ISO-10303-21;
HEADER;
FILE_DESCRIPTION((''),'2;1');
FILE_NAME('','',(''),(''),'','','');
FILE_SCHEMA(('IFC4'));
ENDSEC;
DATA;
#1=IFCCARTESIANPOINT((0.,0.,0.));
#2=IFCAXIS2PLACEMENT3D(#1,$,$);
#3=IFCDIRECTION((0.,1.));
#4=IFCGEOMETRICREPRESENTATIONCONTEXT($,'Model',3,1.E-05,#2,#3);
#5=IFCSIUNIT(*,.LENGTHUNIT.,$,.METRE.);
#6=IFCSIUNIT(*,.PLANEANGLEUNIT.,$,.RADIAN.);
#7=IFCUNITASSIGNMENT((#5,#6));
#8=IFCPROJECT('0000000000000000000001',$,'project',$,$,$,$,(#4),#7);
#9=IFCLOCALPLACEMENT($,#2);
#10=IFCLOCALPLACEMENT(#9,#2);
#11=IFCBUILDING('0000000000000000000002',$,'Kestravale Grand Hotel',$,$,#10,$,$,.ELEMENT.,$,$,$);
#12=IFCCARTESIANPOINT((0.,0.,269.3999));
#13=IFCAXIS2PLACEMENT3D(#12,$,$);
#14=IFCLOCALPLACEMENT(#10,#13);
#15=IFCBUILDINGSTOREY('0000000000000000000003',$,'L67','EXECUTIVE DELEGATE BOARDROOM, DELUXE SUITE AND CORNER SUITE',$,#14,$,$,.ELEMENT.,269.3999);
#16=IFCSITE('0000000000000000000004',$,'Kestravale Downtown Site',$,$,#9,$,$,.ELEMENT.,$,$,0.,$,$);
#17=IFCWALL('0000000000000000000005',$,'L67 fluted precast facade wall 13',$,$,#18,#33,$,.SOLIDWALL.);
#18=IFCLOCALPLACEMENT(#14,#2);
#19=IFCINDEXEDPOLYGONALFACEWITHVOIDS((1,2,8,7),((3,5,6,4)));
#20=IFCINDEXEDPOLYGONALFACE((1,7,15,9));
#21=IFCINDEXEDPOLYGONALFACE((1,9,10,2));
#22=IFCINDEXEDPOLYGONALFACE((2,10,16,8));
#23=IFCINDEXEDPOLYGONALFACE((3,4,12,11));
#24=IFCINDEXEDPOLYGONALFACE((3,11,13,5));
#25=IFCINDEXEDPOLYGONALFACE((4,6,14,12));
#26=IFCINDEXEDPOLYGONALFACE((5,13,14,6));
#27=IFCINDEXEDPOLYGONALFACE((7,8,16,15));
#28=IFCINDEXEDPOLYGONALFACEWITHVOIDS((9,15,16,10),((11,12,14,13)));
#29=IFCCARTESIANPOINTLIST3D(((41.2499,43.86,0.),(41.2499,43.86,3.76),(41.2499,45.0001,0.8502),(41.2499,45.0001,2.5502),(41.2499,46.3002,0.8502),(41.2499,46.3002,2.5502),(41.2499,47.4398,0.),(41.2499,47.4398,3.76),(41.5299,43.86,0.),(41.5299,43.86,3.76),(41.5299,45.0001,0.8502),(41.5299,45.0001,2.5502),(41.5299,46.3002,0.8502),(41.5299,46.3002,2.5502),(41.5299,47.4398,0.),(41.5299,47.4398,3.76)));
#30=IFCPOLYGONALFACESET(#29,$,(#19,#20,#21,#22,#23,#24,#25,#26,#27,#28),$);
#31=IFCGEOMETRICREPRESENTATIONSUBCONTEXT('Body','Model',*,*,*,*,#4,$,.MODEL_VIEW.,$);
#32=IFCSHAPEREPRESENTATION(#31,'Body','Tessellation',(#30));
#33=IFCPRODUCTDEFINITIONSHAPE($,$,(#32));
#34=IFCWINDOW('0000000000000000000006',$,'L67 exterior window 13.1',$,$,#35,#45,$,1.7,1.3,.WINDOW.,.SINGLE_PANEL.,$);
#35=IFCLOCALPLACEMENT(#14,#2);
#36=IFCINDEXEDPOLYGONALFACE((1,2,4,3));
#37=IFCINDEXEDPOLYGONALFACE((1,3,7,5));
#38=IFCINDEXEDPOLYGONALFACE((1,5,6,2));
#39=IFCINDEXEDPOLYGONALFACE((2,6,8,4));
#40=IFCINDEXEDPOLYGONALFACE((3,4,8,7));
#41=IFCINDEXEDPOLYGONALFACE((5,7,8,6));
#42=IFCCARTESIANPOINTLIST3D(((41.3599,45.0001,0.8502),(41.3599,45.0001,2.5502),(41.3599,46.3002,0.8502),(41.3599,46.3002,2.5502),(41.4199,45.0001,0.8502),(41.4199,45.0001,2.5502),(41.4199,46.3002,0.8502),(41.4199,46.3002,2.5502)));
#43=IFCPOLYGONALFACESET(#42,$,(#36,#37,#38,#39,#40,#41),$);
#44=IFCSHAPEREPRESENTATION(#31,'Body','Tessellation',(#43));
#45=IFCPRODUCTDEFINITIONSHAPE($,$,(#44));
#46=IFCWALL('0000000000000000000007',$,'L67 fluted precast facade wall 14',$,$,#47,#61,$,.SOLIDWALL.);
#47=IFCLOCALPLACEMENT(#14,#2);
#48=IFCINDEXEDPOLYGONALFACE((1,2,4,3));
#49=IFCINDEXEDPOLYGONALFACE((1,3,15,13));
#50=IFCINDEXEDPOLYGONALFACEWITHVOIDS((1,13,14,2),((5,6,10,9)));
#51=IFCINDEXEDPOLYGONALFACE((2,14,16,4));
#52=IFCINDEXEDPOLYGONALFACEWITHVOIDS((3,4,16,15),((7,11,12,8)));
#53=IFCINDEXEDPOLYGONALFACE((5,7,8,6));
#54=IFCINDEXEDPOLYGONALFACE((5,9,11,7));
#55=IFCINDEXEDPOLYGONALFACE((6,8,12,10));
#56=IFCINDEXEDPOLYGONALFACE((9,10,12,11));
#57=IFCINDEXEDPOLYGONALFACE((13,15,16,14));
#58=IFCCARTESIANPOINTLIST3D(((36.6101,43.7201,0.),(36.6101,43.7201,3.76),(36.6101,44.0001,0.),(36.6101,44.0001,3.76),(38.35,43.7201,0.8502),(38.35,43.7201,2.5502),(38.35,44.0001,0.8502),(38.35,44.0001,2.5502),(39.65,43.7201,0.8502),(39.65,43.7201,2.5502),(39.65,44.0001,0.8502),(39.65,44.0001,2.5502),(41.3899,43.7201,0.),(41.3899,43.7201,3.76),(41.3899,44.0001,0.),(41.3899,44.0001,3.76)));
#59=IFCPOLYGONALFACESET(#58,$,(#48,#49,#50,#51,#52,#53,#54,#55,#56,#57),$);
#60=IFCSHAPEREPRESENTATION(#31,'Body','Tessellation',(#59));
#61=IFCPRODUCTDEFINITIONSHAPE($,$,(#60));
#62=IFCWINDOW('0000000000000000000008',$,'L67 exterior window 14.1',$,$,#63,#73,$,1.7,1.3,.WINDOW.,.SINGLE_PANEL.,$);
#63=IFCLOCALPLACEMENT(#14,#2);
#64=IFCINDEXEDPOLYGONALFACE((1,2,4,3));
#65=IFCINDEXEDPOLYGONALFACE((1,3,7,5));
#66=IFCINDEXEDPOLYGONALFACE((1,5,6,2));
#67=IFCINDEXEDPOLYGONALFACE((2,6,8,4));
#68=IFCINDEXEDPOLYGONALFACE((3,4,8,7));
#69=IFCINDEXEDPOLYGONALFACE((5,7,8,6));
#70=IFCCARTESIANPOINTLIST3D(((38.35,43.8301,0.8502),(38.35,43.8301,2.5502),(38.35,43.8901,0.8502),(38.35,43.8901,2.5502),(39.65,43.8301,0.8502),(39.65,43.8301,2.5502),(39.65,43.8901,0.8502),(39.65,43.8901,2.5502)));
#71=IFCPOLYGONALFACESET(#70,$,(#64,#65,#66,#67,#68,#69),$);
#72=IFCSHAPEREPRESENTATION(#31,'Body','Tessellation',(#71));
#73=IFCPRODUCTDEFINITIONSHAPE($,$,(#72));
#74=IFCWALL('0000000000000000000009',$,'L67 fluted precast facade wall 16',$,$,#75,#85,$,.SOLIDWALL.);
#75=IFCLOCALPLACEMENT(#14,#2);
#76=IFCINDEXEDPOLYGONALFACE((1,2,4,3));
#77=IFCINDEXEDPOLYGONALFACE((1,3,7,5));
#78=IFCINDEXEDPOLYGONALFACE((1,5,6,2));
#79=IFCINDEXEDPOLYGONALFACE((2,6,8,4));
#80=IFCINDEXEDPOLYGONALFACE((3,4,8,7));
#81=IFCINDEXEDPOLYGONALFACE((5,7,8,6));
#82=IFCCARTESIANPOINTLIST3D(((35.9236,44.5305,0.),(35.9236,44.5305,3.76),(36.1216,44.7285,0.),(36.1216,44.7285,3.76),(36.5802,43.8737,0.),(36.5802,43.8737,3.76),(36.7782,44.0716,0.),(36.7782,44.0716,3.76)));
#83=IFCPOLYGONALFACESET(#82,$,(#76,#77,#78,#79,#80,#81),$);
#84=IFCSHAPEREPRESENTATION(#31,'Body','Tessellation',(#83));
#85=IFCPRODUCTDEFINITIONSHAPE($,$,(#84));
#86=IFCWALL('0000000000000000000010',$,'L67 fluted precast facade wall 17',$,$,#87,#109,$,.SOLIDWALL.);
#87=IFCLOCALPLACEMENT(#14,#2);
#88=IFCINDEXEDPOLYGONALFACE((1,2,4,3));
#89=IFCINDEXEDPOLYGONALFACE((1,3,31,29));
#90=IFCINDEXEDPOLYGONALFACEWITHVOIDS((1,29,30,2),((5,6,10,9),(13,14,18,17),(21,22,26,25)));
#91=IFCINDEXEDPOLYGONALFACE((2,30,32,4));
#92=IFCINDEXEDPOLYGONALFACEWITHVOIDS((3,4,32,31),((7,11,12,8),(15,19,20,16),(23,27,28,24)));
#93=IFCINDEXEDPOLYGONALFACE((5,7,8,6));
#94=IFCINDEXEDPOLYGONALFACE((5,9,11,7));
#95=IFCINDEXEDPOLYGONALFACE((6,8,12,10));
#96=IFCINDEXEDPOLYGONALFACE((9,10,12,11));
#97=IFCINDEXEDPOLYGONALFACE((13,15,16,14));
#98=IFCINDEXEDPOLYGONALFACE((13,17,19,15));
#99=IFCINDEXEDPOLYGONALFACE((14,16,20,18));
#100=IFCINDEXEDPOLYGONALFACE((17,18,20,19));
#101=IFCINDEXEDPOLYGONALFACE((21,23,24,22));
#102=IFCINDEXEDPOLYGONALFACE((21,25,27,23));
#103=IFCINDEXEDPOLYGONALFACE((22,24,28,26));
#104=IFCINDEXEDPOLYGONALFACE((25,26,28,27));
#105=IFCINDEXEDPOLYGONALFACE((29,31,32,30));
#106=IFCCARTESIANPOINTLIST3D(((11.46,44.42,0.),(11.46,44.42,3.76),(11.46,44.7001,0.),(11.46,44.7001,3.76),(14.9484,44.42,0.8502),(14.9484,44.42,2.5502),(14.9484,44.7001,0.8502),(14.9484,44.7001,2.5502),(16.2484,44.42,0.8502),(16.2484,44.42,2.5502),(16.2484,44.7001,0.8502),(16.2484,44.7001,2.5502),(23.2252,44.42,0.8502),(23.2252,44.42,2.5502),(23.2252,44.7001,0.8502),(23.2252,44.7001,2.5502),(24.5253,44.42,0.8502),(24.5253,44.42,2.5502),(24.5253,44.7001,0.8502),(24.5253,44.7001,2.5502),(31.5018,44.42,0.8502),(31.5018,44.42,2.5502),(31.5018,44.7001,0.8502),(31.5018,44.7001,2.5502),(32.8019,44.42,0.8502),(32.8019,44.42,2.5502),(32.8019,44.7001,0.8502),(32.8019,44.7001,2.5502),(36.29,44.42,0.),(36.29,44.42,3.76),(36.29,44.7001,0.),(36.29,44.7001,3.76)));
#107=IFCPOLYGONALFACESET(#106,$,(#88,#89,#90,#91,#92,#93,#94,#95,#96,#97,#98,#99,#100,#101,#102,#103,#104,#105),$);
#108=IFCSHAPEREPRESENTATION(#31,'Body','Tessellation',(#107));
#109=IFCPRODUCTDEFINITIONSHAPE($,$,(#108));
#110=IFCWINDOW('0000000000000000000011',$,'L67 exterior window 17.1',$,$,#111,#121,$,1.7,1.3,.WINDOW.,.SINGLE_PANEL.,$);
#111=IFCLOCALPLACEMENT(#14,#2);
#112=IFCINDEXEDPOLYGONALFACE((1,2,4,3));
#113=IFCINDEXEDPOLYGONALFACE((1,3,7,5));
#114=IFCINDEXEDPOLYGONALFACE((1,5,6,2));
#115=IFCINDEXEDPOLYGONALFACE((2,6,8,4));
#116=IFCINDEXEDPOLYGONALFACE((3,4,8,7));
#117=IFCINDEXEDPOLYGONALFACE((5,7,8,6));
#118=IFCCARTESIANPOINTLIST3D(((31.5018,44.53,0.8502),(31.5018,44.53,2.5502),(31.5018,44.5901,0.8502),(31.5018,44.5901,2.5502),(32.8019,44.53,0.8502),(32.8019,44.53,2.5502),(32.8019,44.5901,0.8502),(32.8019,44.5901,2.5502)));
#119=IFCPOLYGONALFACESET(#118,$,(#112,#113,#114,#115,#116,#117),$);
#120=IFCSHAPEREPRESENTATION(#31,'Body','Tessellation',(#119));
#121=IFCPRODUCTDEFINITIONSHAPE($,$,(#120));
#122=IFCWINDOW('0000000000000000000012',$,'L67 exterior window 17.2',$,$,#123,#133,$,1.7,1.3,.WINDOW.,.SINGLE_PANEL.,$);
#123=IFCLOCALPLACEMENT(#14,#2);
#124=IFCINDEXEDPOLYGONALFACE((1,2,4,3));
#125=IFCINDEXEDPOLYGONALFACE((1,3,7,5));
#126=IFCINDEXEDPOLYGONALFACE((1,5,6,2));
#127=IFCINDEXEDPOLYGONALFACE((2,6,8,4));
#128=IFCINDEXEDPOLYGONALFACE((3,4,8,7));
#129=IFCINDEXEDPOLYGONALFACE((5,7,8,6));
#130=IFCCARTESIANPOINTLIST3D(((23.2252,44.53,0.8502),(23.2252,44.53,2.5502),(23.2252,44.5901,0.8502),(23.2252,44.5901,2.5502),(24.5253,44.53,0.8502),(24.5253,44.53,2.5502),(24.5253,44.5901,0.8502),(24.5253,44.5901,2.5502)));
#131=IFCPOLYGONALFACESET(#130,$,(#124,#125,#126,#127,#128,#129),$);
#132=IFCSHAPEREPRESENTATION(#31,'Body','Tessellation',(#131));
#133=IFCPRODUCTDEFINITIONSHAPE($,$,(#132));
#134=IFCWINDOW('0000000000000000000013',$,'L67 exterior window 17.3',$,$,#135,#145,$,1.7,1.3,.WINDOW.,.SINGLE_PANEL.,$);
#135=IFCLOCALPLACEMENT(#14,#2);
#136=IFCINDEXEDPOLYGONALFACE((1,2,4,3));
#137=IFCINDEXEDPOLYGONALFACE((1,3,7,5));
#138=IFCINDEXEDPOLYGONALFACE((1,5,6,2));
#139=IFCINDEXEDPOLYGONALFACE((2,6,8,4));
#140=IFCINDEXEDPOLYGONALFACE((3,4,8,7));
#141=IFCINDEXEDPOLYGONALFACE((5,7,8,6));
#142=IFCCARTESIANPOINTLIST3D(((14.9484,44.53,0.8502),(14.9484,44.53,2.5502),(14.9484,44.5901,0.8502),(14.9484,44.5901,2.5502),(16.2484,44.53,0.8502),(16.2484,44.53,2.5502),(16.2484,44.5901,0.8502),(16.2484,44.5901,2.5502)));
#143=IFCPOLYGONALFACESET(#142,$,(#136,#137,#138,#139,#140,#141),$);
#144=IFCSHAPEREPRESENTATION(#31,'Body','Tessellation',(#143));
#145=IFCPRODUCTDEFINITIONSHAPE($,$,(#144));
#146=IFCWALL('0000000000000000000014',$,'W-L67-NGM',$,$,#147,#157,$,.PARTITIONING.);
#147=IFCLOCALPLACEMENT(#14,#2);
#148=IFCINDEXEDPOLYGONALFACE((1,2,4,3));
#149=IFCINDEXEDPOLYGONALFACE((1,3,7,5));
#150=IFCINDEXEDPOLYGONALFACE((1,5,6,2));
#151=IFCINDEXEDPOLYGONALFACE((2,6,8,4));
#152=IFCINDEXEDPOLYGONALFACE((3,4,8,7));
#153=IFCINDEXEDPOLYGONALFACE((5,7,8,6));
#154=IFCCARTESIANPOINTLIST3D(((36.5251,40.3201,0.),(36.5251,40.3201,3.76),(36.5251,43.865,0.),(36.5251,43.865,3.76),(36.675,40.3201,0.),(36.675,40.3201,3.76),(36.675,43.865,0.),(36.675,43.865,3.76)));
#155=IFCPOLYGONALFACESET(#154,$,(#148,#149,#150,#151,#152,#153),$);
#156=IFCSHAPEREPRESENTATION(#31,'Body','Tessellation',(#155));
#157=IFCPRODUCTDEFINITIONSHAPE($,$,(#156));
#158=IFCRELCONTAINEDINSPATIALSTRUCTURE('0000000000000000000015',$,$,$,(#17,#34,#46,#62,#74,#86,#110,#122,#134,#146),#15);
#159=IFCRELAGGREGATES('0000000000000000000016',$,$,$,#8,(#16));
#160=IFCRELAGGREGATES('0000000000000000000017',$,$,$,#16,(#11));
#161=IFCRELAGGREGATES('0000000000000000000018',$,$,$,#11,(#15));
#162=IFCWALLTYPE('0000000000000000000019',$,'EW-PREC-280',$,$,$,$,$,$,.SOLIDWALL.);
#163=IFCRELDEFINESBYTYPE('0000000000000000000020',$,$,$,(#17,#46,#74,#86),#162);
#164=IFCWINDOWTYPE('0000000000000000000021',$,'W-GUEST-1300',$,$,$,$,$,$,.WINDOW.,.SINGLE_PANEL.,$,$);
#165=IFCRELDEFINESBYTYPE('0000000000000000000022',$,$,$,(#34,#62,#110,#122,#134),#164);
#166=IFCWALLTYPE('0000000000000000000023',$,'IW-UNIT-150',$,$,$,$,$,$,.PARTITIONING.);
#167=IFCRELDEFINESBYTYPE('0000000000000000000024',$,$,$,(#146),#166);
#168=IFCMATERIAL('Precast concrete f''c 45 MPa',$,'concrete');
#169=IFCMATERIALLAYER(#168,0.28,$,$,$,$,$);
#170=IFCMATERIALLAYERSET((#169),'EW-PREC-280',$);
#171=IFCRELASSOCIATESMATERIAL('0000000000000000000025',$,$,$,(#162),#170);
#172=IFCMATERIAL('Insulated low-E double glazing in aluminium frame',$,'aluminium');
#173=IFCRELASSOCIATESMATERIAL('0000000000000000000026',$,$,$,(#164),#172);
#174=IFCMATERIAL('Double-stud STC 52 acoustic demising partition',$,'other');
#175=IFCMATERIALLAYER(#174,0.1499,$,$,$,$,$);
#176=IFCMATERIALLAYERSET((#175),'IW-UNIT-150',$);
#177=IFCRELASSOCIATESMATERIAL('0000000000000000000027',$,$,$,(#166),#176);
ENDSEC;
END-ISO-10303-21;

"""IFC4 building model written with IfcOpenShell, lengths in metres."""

from ifc_helpers import new_model, si_unit, direction, frame, frame_2d, origin, place, context, subcontext, project, spatial, rectangle, extrude, material, layer, layer_set, type_object, element, fill, save


model = new_model("IFC4")

# Units and contexts
model_context = context("Model", 3, precision=1e-05, world=origin(), true_north=direction((0.0, 1.0)))
body_context = subcontext(model_context, "Body", "Model", "MODEL_VIEW")
ifc_project = project(units=[si_unit("LENGTHUNIT", "METRE"), si_unit("PLANEANGLEUNIT", "RADIAN")], contexts=[model_context])

# Site, building, storey
site_placement = place(None, origin())
site = spatial("IfcSite", under=ifc_project, at=site_placement, Name="Kestravale Downtown Site", CompositionType="ELEMENT", RefElevation=0.0)
building_placement = place(site_placement, origin())
building = spatial("IfcBuilding", under=site, at=building_placement, Name="Kestravale Grand Hotel", CompositionType="ELEMENT")
storey_placement = place(building_placement, frame((0.0, 0.0, 269.3999)))
storey = spatial("IfcBuildingStorey", under=building, at=storey_placement, Name="L67", Description="EXECUTIVE DELEGATE BOARDROOM, DELUXE SUITE AND CORNER SUITE", CompositionType="ELEMENT", Elevation=269.3999)

# Shared definitions
ifc_material_1 = material(Name="Precast concrete f'c 45 MPa", Category="concrete")
ifc_layer_1 = layer(ifc_material_1, 0.28)
ifc_layer_set_1 = layer_set([ifc_layer_1], Name="EW-PREC-280")
wall_type_1 = type_object("IfcWallType", Name="EW-PREC-280", PredefinedType="SOLIDWALL", material=ifc_layer_set_1)

# Walls, openings, windows
wall_1_placement = place(storey_placement, frame((41.3899, 47.4399, 0.0), z_axis=(0.0, 0.0, 1.0), x_axis=(0.0, -1.0, 0.0)))
wall_1 = element("IfcWall", 1, at=wall_1_placement, inside=storey, type_object=wall_type_1, Name="L67 fluted precast facade wall 13", PredefinedType="SOLIDWALL", context=body_context, shape_type="SweptSolid", body=[
    extrude(rectangle(XDim=3.5798, YDim=0.28, at=frame_2d((1.79, 0.0))), origin(), (0.0, 0.0, 1.0), 3.76),
])
opening_1_placement = place(wall_1_placement, frame((1.1399, 0.0, 0.8501)))
opening_1 = element("IfcOpeningElement", 2, at=opening_1_placement, cuts=wall_1, PredefinedType="OPENING", context=body_context, shape_type="SweptSolid", body=[
    extrude(rectangle(XDim=1.3, YDim=1.7, at=frame_2d((0.6499, 0.8501))), frame((0.0, 0.1499, 0.0), z_axis=(0.0, -1.0, 0.0), x_axis=(1.0, 0.0, 0.0)), (0.0, 0.0, 1.0), 0.3),
])
ifc_material_2 = material(Name="Insulated low-E double glazing in aluminium frame", Category="aluminium")
window_type = type_object("IfcWindowType", Name="W-GUEST-1300", PartitioningType="SINGLE_PANEL", PredefinedType="WINDOW", material=ifc_material_2)
window_1_placement = place(opening_1_placement, origin())
window_1 = element("IfcWindow", 3, at=window_1_placement, inside=storey, type_object=window_type, Name="L67 exterior window 13.1", OverallHeight=1.7, OverallWidth=1.3, PartitioningType="SINGLE_PANEL", PredefinedType="WINDOW", context=body_context, shape_type="SweptSolid", body=[
    extrude(rectangle(XDim=1.3, YDim=1.7, at=frame_2d((0.6499, 0.8501))), frame((0.0, 0.03, 0.0), z_axis=(0.0, -1.0, 0.0), x_axis=(1.0, 0.0, 0.0)), (0.0, 0.0, 1.0), 0.0601),
])
fill(opening_1, window_1)
wall_2_placement = place(storey_placement, frame((41.3899, 43.8601, 0.0), z_axis=(0.0, 0.0, 1.0), x_axis=(-1.0, 0.0, 0.0)))
wall_2 = element("IfcWall", 4, at=wall_2_placement, inside=storey, type_object=wall_type_1, Name="L67 fluted precast facade wall 14", PredefinedType="SOLIDWALL", context=body_context, shape_type="SweptSolid", body=[
    extrude(rectangle(XDim=4.7798, YDim=0.28, at=frame_2d((2.3899, 0.0))), origin(), (0.0, 0.0, 1.0), 3.76),
])
opening_2_placement = place(wall_2_placement, frame((1.74, 0.0, 0.8501)))
opening_2 = element("IfcOpeningElement", 5, at=opening_2_placement, cuts=wall_2, PredefinedType="OPENING", context=body_context, shape_type="SweptSolid", body=[
    extrude(rectangle(XDim=1.3, YDim=1.7, at=frame_2d((0.6499, 0.8501))), frame((0.0, 0.1499, 0.0), z_axis=(0.0, -1.0, 0.0), x_axis=(1.0, 0.0, 0.0)), (0.0, 0.0, 1.0), 0.3),
])
window_2_placement = place(opening_2_placement, origin())
window_2 = element("IfcWindow", 6, at=window_2_placement, inside=storey, type_object=window_type, Name="L67 exterior window 14.1", OverallHeight=1.7, OverallWidth=1.3, PartitioningType="SINGLE_PANEL", PredefinedType="WINDOW", context=body_context, shape_type="SweptSolid", body=[
    extrude(rectangle(XDim=1.3, YDim=1.7, at=frame_2d((0.6499, 0.8501))), frame((0.0, 0.03, 0.0), z_axis=(0.0, -1.0, 0.0), x_axis=(1.0, 0.0, 0.0)), (0.0, 0.0, 1.0), 0.0601),
])
fill(opening_2, window_2)

# Wall
wall_3_placement = place(storey_placement, frame((36.6792, 43.9727, 0.0), z_axis=(0.0, 0.0, 1.0), x_axis=(-0.706975, 0.707238, 0.0)))
element("IfcWall", 7, at=wall_3_placement, inside=storey, type_object=wall_type_1, Name="L67 fluted precast facade wall 16", PredefinedType="SOLIDWALL", context=body_context, shape_type="SweptSolid", body=[
    extrude(rectangle(XDim=0.9287, YDim=0.28, at=frame_2d((0.4644, 0.0))), origin(), (0.0, 0.0, 1.0), 3.76),
])

# Wall, openings, windows
wall_4_placement = place(storey_placement, frame((36.29, 44.5601, 0.0), z_axis=(0.0, 0.0, 1.0), x_axis=(-1.0, 0.0, 0.0)))
wall_4 = element("IfcWall", 8, at=wall_4_placement, inside=storey, type_object=wall_type_1, Name="L67 fluted precast facade wall 17", PredefinedType="SOLIDWALL", context=body_context, shape_type="SweptSolid", body=[
    extrude(rectangle(XDim=24.8301, YDim=0.28, at=frame_2d((12.415, 0.0))), origin(), (0.0, 0.0, 1.0), 3.76),
])
opening_3_placement = place(wall_4_placement, frame((3.4883, 0.0, 0.8501)))
opening_3 = element("IfcOpeningElement", 9, at=opening_3_placement, cuts=wall_4, PredefinedType="OPENING", context=body_context, shape_type="SweptSolid", body=[
    extrude(rectangle(XDim=1.3, YDim=1.7, at=frame_2d((0.6499, 0.8501))), frame((0.0, 0.1499, 0.0), z_axis=(0.0, -1.0, 0.0), x_axis=(1.0, 0.0, 0.0)), (0.0, 0.0, 1.0), 0.3),
])
opening_4_placement = place(wall_4_placement, frame((11.7649, 0.0, 0.8501)))
opening_4 = element("IfcOpeningElement", 10, at=opening_4_placement, cuts=wall_4, PredefinedType="OPENING", context=body_context, shape_type="SweptSolid", body=[
    extrude(rectangle(XDim=1.3, YDim=1.7, at=frame_2d((0.6499, 0.8501))), frame((0.0, 0.1499, 0.0), z_axis=(0.0, -1.0, 0.0), x_axis=(1.0, 0.0, 0.0)), (0.0, 0.0, 1.0), 0.3),
])
opening_5_placement = place(wall_4_placement, frame((20.0417, 0.0, 0.8501)))
opening_5 = element("IfcOpeningElement", 11, at=opening_5_placement, cuts=wall_4, PredefinedType="OPENING", context=body_context, shape_type="SweptSolid", body=[
    extrude(rectangle(XDim=1.3, YDim=1.7, at=frame_2d((0.6499, 0.8501))), frame((0.0, 0.1499, 0.0), z_axis=(0.0, -1.0, 0.0), x_axis=(1.0, 0.0, 0.0)), (0.0, 0.0, 1.0), 0.3),
])
window_3_placement = place(opening_3_placement, origin())
window_3 = element("IfcWindow", 12, at=window_3_placement, inside=storey, type_object=window_type, Name="L67 exterior window 17.1", OverallHeight=1.7, OverallWidth=1.3, PartitioningType="SINGLE_PANEL", PredefinedType="WINDOW", context=body_context, shape_type="SweptSolid", body=[
    extrude(rectangle(XDim=1.3, YDim=1.7, at=frame_2d((0.6499, 0.8501))), frame((0.0, 0.03, 0.0), z_axis=(0.0, -1.0, 0.0), x_axis=(1.0, 0.0, 0.0)), (0.0, 0.0, 1.0), 0.0601),
])
fill(opening_3, window_3)
window_4_placement = place(opening_4_placement, origin())
window_4 = element("IfcWindow", 13, at=window_4_placement, inside=storey, type_object=window_type, Name="L67 exterior window 17.2", OverallHeight=1.7, OverallWidth=1.3, PartitioningType="SINGLE_PANEL", PredefinedType="WINDOW", context=body_context, shape_type="SweptSolid", body=[
    extrude(rectangle(XDim=1.3, YDim=1.7, at=frame_2d((0.6499, 0.8501))), frame((0.0, 0.03, 0.0), z_axis=(0.0, -1.0, 0.0), x_axis=(1.0, 0.0, 0.0)), (0.0, 0.0, 1.0), 0.0601),
])
fill(opening_4, window_4)
window_5_placement = place(opening_5_placement, origin())
window_5 = element("IfcWindow", 14, at=window_5_placement, inside=storey, type_object=window_type, Name="L67 exterior window 17.3", OverallHeight=1.7, OverallWidth=1.3, PartitioningType="SINGLE_PANEL", PredefinedType="WINDOW", context=body_context, shape_type="SweptSolid", body=[
    extrude(rectangle(XDim=1.3, YDim=1.7, at=frame_2d((0.6499, 0.8501))), frame((0.0, 0.03, 0.0), z_axis=(0.0, -1.0, 0.0), x_axis=(1.0, 0.0, 0.0)), (0.0, 0.0, 1.0), 0.0601),
])
fill(opening_5, window_5)

# Wall
ifc_material_3 = material(Name="Double-stud STC 52 acoustic demising partition", Category="other")
ifc_layer_2 = layer(ifc_material_3, 0.1499)
ifc_layer_set_2 = layer_set([ifc_layer_2], Name="IW-UNIT-150")
wall_type_2 = type_object("IfcWallType", Name="IW-UNIT-150", PredefinedType="PARTITIONING", material=ifc_layer_set_2)
wall_5_placement = place(storey_placement, frame((36.6001, 40.3201, 0.0), z_axis=(0.0, 0.0, 1.0), x_axis=(0.0, 1.0, 0.0)))
element("IfcWall", 15, at=wall_5_placement, inside=storey, type_object=wall_type_2, Name="W-L67-NGM", PredefinedType="PARTITIONING", context=body_context, shape_type="SweptSolid", body=[
    extrude(rectangle(XDim=3.5449, YDim=0.1499, at=frame_2d((1.7725, 0.0))), origin(), (0.0, 0.0, 1.0), 3.76),
])

save(model, "model.ifc")
